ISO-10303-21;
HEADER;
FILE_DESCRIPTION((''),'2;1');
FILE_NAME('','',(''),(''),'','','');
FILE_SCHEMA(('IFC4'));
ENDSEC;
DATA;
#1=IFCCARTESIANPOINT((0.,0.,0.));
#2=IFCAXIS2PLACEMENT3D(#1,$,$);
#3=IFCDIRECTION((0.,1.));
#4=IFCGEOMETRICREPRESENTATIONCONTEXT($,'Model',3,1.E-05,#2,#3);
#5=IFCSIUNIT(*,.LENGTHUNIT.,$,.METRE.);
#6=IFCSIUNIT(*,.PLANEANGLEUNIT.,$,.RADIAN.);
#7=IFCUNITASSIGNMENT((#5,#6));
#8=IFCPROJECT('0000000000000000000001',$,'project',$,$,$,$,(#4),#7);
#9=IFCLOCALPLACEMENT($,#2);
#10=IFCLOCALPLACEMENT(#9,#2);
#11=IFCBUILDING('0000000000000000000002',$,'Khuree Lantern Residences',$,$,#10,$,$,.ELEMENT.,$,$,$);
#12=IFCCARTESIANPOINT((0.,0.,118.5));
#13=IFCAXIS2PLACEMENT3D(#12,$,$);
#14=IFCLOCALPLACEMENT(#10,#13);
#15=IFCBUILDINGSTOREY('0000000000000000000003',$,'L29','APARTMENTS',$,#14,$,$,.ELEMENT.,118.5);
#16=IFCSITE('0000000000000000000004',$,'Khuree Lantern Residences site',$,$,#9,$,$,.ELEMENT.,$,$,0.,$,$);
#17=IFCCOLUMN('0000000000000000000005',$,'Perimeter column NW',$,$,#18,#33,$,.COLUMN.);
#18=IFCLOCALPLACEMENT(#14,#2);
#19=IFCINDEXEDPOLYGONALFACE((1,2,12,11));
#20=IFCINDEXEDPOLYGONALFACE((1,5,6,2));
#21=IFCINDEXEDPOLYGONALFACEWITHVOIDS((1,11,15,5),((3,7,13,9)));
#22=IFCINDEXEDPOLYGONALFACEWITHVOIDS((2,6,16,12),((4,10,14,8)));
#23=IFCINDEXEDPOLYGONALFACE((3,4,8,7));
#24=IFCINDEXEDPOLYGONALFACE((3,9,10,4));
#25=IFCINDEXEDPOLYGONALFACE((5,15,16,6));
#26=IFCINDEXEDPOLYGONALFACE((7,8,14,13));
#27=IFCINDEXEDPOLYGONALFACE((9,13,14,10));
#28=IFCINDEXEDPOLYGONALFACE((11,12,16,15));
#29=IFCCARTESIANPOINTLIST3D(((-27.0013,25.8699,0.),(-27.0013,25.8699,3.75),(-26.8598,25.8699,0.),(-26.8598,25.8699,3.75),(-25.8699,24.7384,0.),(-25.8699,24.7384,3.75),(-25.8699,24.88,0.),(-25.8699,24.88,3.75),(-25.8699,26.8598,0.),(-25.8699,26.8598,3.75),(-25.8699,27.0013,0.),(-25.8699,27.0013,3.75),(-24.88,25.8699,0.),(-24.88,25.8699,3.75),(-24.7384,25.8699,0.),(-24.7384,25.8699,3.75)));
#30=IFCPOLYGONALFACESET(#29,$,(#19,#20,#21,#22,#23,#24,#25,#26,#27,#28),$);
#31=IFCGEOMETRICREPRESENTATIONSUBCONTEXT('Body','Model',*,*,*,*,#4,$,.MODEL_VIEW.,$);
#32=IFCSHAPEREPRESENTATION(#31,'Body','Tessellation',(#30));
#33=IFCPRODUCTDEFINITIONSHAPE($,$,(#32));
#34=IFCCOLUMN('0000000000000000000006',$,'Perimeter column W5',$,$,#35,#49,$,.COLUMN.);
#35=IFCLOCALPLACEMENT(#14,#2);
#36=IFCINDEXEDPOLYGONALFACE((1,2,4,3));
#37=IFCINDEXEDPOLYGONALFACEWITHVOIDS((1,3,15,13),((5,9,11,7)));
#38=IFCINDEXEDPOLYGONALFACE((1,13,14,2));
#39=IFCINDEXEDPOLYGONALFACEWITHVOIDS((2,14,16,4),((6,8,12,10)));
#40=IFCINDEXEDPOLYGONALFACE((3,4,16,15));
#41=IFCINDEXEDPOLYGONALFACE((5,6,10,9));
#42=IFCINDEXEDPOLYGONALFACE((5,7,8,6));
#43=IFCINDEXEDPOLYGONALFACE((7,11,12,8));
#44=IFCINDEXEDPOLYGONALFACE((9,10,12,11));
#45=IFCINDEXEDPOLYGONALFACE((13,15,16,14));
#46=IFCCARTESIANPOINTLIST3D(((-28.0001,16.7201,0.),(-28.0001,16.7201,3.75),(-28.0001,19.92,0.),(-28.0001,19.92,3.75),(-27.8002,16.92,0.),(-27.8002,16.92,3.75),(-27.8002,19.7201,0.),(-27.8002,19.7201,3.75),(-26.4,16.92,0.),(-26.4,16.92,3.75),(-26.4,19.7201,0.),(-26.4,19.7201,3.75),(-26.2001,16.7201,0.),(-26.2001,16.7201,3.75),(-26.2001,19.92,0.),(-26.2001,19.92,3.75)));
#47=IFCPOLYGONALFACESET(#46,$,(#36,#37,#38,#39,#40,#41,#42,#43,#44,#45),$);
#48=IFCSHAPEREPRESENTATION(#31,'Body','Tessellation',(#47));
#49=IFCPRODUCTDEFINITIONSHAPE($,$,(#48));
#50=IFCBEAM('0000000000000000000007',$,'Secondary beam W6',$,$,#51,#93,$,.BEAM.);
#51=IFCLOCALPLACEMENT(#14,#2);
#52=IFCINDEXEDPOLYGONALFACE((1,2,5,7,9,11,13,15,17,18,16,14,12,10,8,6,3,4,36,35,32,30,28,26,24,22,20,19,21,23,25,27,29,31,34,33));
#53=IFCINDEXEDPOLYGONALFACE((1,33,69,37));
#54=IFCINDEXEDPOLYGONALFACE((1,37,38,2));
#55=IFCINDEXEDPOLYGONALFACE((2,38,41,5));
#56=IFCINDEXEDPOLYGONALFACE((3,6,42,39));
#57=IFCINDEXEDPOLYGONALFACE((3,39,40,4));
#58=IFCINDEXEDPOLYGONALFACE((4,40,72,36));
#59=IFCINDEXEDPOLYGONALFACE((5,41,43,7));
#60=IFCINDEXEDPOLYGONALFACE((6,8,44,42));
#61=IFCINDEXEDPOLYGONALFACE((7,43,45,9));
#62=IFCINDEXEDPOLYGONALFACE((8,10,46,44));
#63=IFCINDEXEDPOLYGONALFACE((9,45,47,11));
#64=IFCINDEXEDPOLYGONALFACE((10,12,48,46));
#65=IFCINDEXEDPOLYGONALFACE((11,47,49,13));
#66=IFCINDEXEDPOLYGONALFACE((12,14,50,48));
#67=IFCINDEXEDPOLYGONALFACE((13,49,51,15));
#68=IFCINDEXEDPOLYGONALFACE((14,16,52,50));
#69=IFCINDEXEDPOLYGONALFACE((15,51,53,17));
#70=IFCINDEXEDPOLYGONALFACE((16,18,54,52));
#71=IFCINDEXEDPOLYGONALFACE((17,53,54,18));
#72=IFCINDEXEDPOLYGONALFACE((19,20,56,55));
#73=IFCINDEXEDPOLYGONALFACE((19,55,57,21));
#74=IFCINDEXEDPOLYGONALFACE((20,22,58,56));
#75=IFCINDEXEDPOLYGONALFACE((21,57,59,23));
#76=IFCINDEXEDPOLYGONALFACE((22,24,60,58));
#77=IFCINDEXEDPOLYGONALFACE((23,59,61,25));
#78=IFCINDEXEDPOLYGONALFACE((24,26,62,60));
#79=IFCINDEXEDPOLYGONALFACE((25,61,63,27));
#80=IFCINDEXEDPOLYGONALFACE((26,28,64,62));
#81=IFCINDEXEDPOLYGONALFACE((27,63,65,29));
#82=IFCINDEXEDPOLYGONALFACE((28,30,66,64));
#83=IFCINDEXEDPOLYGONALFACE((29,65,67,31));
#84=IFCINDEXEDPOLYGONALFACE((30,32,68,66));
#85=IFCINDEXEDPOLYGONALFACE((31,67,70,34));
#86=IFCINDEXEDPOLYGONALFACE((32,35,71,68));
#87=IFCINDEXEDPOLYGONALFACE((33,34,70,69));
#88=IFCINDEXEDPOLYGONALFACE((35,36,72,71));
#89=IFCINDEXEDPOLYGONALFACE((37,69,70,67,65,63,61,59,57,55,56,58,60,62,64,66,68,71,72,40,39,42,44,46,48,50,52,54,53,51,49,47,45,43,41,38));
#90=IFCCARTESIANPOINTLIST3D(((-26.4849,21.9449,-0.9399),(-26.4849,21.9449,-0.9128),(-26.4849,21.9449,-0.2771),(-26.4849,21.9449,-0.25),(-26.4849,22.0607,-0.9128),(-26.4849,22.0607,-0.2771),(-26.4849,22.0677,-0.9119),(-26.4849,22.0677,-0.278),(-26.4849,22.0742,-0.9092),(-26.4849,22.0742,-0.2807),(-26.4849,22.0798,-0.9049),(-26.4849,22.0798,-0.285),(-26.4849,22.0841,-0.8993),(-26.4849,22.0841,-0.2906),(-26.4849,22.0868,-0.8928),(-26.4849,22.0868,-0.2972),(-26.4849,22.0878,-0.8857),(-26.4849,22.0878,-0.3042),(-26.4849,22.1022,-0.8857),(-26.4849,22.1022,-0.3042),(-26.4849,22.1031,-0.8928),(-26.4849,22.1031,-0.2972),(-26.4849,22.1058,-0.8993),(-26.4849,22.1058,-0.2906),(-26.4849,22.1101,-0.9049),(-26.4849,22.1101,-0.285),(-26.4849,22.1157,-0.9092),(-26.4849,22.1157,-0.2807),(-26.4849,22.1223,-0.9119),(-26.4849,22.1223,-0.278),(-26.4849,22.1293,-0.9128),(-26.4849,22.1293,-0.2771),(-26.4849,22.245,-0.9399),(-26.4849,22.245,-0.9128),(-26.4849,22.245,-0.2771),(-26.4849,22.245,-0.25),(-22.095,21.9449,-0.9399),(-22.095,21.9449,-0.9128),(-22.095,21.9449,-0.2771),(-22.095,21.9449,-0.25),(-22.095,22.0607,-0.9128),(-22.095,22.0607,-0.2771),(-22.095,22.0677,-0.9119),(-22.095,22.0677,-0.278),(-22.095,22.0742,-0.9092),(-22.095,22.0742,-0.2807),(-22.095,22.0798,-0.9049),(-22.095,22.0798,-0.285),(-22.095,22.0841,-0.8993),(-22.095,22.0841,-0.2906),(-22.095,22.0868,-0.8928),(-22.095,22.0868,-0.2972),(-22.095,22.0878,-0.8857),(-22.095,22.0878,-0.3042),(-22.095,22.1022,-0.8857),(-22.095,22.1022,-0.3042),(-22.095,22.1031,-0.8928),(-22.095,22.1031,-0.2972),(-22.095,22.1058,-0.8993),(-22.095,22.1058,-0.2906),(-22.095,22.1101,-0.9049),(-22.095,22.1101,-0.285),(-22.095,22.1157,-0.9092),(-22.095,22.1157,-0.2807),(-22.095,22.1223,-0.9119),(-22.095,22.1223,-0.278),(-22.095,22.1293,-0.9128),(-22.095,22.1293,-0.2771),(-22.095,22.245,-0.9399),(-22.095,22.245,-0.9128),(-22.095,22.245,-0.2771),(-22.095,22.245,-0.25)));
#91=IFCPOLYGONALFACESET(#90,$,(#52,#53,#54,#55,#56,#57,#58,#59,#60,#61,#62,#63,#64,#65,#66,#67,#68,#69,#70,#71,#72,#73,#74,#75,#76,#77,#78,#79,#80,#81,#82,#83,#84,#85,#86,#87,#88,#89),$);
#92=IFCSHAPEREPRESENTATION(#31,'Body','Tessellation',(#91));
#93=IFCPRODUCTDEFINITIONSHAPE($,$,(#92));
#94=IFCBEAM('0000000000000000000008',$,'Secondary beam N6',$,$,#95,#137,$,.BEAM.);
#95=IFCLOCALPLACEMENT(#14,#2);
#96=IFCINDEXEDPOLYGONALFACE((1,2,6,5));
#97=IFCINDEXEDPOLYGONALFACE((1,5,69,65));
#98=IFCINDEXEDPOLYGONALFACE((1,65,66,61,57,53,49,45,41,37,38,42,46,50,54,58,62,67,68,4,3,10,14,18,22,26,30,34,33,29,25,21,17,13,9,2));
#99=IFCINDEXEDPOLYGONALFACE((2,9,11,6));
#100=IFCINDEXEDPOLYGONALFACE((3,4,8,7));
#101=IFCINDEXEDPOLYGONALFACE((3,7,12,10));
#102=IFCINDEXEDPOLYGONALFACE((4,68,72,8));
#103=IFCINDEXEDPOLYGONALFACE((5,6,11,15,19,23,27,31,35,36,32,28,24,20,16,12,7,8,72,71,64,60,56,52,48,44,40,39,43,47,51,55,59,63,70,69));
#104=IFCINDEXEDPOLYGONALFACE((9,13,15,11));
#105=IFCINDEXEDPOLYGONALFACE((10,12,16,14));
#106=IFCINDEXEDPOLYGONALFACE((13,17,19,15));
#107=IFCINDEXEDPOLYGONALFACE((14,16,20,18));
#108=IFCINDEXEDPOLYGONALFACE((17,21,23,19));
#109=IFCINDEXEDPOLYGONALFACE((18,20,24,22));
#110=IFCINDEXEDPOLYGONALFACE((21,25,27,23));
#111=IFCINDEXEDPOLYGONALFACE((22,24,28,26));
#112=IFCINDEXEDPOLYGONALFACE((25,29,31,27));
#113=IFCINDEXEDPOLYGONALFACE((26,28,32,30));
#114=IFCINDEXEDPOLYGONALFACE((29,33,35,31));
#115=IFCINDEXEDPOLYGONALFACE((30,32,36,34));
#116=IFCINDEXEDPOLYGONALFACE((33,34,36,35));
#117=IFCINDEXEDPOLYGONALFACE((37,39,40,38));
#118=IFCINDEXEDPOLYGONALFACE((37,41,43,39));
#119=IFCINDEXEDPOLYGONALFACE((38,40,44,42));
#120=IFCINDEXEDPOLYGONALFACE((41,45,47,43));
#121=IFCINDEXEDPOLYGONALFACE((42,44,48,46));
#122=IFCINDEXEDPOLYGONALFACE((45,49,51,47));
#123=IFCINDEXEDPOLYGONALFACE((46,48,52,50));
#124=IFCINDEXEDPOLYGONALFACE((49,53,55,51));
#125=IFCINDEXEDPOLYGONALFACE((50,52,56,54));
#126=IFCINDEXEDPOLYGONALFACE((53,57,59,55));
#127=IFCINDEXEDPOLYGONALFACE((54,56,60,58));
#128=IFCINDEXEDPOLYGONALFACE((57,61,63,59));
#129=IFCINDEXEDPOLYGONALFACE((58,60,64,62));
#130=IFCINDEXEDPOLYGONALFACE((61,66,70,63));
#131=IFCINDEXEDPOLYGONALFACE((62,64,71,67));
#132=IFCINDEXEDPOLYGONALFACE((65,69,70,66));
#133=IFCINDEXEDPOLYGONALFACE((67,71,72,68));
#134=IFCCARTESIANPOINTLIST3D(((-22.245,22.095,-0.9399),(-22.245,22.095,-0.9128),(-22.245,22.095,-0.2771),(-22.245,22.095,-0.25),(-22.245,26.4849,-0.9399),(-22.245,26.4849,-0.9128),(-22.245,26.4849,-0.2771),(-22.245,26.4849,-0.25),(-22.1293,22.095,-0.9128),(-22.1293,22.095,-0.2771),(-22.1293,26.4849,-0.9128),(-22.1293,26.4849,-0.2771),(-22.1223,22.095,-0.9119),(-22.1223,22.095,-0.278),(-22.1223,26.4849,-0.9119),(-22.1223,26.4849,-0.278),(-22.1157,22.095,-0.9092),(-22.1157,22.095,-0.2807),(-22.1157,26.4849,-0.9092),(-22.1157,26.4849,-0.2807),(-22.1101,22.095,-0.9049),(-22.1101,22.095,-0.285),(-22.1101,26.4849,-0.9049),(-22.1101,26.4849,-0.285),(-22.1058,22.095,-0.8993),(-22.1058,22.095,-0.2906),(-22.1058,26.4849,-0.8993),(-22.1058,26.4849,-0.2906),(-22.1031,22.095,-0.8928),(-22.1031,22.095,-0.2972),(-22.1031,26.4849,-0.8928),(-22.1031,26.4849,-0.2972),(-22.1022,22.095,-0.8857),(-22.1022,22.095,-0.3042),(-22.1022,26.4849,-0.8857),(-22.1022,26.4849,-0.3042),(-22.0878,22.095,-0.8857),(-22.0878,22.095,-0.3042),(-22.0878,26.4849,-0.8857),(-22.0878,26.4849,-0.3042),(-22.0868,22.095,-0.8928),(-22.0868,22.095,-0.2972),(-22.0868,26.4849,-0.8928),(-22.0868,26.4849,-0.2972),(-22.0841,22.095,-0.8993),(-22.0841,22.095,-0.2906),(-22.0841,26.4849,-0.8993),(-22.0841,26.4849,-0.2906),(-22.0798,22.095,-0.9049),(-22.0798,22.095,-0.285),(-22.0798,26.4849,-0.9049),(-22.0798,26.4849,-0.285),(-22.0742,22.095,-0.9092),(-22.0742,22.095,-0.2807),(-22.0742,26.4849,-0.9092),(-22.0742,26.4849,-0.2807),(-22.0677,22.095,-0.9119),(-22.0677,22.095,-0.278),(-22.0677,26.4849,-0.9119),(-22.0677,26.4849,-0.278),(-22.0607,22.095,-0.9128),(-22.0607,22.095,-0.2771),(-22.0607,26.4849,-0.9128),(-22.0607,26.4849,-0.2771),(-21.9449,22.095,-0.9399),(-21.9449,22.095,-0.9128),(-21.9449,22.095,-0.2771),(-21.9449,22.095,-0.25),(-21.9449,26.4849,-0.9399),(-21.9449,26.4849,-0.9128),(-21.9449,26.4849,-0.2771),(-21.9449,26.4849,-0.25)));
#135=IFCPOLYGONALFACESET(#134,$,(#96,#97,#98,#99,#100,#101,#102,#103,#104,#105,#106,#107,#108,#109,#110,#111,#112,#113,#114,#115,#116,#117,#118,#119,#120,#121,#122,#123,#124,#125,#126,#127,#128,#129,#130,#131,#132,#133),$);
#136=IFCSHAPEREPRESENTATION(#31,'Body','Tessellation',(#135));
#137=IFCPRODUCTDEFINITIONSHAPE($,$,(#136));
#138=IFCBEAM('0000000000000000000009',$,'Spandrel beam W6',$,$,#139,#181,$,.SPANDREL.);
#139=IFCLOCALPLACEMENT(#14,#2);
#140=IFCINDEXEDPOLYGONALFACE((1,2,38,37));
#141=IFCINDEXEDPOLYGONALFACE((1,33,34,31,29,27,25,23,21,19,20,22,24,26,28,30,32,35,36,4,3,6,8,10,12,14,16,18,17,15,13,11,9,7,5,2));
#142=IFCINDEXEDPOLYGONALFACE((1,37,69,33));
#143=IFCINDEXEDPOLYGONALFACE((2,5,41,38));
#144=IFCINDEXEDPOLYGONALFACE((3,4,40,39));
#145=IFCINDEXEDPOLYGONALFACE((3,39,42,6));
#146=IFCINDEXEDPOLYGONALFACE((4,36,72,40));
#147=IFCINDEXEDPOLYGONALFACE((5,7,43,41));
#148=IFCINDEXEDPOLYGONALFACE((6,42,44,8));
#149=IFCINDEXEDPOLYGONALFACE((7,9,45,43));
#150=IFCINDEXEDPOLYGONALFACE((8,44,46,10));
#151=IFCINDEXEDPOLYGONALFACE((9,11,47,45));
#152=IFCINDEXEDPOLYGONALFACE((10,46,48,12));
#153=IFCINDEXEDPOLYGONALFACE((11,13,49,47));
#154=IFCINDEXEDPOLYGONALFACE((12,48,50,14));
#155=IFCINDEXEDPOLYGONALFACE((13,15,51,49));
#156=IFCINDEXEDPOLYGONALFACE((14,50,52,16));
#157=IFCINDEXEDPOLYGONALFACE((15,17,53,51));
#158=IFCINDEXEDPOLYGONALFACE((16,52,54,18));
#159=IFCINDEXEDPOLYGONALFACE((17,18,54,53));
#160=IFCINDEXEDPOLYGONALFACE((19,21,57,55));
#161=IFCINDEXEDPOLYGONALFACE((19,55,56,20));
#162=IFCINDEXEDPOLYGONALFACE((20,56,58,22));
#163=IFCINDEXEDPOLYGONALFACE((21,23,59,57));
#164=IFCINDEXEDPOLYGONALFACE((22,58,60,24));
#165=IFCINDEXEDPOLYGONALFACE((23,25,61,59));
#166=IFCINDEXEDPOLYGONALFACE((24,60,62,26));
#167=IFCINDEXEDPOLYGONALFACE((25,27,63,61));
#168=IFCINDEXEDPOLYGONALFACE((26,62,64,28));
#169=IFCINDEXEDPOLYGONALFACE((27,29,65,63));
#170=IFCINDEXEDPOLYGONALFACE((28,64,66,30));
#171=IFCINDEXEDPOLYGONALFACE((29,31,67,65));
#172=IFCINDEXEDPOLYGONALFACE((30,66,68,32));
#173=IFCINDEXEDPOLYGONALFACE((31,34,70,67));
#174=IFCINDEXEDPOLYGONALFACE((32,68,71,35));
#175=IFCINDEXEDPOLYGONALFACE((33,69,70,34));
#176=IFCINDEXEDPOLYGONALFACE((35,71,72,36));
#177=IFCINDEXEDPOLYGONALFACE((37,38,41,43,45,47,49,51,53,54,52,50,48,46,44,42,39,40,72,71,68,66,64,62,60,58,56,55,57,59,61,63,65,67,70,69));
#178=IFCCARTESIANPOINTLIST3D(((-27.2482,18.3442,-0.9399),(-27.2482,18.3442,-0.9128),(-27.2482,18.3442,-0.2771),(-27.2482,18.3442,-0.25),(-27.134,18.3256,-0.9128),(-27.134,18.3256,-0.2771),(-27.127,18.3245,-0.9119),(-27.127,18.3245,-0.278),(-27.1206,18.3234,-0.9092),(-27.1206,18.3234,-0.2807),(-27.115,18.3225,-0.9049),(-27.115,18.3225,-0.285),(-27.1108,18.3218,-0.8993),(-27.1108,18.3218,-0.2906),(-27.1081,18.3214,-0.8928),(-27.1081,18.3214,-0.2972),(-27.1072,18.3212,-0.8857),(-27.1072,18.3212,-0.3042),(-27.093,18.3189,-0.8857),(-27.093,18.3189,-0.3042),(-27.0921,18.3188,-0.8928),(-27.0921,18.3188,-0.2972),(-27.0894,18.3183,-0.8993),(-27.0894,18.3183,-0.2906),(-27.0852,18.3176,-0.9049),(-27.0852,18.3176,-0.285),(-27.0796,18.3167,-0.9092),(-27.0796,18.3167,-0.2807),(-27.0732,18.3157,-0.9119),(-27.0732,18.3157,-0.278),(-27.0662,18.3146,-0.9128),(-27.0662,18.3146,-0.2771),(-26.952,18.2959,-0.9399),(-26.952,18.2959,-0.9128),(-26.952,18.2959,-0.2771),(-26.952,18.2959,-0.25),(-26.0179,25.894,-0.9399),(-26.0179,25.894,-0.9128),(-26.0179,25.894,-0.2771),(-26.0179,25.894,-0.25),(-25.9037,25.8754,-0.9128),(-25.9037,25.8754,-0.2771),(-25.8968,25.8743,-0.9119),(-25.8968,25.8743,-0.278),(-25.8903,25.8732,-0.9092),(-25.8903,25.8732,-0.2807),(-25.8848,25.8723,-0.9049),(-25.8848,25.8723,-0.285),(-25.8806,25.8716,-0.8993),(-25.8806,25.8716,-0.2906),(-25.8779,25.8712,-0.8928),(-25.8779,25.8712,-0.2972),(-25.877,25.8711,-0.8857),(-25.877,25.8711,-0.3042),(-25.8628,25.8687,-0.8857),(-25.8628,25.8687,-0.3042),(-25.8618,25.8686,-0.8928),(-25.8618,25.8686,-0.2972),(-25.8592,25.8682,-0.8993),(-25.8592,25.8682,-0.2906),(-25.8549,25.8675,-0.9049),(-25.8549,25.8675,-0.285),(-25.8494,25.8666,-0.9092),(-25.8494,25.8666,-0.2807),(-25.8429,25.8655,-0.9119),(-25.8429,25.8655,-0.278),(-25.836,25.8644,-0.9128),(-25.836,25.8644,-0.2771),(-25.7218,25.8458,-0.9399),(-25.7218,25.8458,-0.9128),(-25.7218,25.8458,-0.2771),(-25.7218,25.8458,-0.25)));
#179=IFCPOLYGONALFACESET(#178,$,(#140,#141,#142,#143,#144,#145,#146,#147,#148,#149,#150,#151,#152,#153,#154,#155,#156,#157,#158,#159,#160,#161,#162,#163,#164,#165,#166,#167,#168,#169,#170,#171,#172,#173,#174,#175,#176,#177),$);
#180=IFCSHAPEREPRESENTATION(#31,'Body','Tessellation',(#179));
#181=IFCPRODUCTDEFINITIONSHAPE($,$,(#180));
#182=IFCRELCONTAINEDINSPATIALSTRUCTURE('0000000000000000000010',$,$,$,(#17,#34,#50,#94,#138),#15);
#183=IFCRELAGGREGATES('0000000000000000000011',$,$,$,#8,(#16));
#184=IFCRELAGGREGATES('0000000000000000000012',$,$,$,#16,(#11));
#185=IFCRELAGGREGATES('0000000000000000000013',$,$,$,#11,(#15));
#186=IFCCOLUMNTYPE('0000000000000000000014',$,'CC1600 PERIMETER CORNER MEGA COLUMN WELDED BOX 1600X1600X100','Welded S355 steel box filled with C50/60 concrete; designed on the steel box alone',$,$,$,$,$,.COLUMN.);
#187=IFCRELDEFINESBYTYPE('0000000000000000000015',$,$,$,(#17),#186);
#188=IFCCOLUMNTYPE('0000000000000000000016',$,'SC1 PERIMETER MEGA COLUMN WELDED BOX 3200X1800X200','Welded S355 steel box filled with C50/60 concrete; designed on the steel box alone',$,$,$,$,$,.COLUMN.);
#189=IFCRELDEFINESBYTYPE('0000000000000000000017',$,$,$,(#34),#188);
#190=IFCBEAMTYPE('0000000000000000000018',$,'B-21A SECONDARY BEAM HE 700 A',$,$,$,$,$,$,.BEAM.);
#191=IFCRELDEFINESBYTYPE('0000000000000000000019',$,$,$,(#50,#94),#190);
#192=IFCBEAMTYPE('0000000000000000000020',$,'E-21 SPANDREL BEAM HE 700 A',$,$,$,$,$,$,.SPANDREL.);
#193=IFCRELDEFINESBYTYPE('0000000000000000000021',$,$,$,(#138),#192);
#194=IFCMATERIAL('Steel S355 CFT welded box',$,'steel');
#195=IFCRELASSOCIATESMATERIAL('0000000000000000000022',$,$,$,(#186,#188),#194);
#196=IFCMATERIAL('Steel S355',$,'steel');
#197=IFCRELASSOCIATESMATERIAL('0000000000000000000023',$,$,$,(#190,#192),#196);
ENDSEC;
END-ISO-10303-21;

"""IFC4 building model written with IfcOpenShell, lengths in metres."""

from ifc_helpers import new_model, si_unit, direction, frame, origin, origin_2d, place, context, subcontext, project, spatial, hollow_rectangle, i_section, extrude, material, material_profile, profile_set, type_object, element, save


model = new_model("IFC4")

# Units and contexts
model_context = context("Model", 3, precision=1e-05, world=origin(), true_north=direction((0.0, 1.0)))
body_context = subcontext(model_context, "Body", "Model", "MODEL_VIEW")
ifc_project = project(units=[si_unit("LENGTHUNIT", "METRE"), si_unit("PLANEANGLEUNIT", "RADIAN")], contexts=[model_context])

# Site, building, storey
site_placement = place(None, origin())
site = spatial("IfcSite", under=ifc_project, at=site_placement, Name="Khuree Lantern Residences site", CompositionType="ELEMENT", RefElevation=0.0)
building_placement = place(site_placement, origin())
building = spatial("IfcBuilding", under=site, at=building_placement, Name="Khuree Lantern Residences", CompositionType="ELEMENT")
storey_placement = place(building_placement, frame((0.0, 0.0, 118.5)))
storey = spatial("IfcBuildingStorey", under=building, at=storey_placement, Name="L29", Description="APARTMENTS", CompositionType="ELEMENT", Elevation=118.5)

# Columns
ifc_material_1 = material(Name="Steel S355 CFT welded box", Category="steel")
ifc_material_profile_1 = material_profile(ifc_material_1, hollow_rectangle(XDim=1.6001, YDim=1.6001, WallThickness=0.1001, at=origin_2d()), Name="WELDED BOX 1600X1600X100")
ifc_profile_set_1 = profile_set([ifc_material_profile_1], Name="Steel S355 CFT welded box")
column_type_1 = type_object("IfcColumnType", Name="CC1600 PERIMETER CORNER MEGA COLUMN WELDED BOX 1600X1600X100", Description="Welded S355 steel box filled with C50/60 concrete; designed on the steel box alone", PredefinedType="COLUMN", material=ifc_profile_set_1)
column_1_placement = place(storey_placement, frame((-25.8699, 25.8699, 0.0), z_axis=(0.0, 0.0, 1.0), x_axis=(0.707107, 0.707107, 0.0)))
element("IfcColumn", 1, at=column_1_placement, inside=storey, type_object=column_type_1, Name="Perimeter column NW", PredefinedType="COLUMN", context=body_context, shape_type="SweptSolid", body=[
    extrude(hollow_rectangle(XDim=1.6001, YDim=1.6001, WallThickness=0.1001, at=origin_2d()), origin(), (0.0, 0.0, 1.0), 3.75),
])
ifc_material_profile_2 = material_profile(ifc_material_1, hollow_rectangle(XDim=3.2, YDim=1.8, WallThickness=0.2, at=origin_2d()), Name="WELDED BOX 3200X1800X200")
ifc_profile_set_2 = profile_set([ifc_material_profile_2], Name="Steel S355 CFT welded box")
column_type_2 = type_object("IfcColumnType", Name="SC1 PERIMETER MEGA COLUMN WELDED BOX 3200X1800X200", Description="Welded S355 steel box filled with C50/60 concrete; designed on the steel box alone", PredefinedType="COLUMN", material=ifc_profile_set_2)
column_2_placement = place(storey_placement, frame((-27.1001, 18.3201, 0.0), z_axis=(0.0, 0.0, 1.0), x_axis=(0.0, 1.0, 0.0)))
element("IfcColumn", 2, at=column_2_placement, inside=storey, type_object=column_type_2, Name="Perimeter column W5", PredefinedType="COLUMN", context=body_context, shape_type="SweptSolid", body=[
    extrude(hollow_rectangle(XDim=3.2, YDim=1.8, WallThickness=0.2, at=origin_2d()), origin(), (0.0, 0.0, 1.0), 3.75),
])

# Beams
ifc_material_2 = material(Name="Steel S355", Category="steel")
ifc_material_profile_3 = material_profile(ifc_material_2, i_section(OverallWidth=0.3, OverallDepth=0.6899, WebThickness=0.0144, FlangeThickness=0.0271, FilletRadius=0.0271, at=origin_2d()), Name="HE 700 A")
ifc_profile_set_3 = profile_set([ifc_material_profile_3], Name="Steel S355")
beam_type_1 = type_object("IfcBeamType", Name="B-21A SECONDARY BEAM HE 700 A", PredefinedType="BEAM", material=ifc_profile_set_3)
for number, where, z_axis, x_axis, name in (
    (3, (-26.4849, 22.095, -0.595), (1.0, 0.0, 0.0), (0.0, 1.0, 0.0), "Secondary beam W6"),
    (4, (-22.095, 26.4849, -0.595), (0.0, -1.0, 0.0), (1.0, 0.0, 0.0), "Secondary beam N6"),
):
    element("IfcBeam", number, at=place(storey_placement, frame(where, z_axis=z_axis, x_axis=x_axis)), inside=storey, type_object=beam_type_1, Name=name, PredefinedType="BEAM", context=body_context, shape_type="SweptSolid", body=[
        extrude(i_section(OverallWidth=0.3, OverallDepth=0.6899, WebThickness=0.0144, FlangeThickness=0.0271, FilletRadius=0.0271, at=origin_2d()), origin(), (0.0, 0.0, 1.0), 4.3899),
    ])
ifc_material_profile_4 = material_profile(ifc_material_2, i_section(OverallWidth=0.3, OverallDepth=0.6899, WebThickness=0.0144, FlangeThickness=0.0271, FilletRadius=0.0271, at=origin_2d()), Name="HE 700 A")
ifc_profile_set_4 = profile_set([ifc_material_profile_4], Name="Steel S355")
beam_type_2 = type_object("IfcBeamType", Name="E-21 SPANDREL BEAM HE 700 A", PredefinedType="SPANDREL", material=ifc_profile_set_4)
for number, where, z_axis, x_axis, name in (
    (5, (-27.1001, 18.3201, -0.595), (0.160827, 0.986983, 0.0), (-0.986983, 0.160827, 0.0), "Spandrel beam W6"),
):
    element("IfcBeam", number, at=place(storey_placement, frame(where, z_axis=z_axis, x_axis=x_axis)), inside=storey, type_object=beam_type_2, Name=name, PredefinedType="SPANDREL", context=body_context, shape_type="SweptSolid", body=[
        extrude(i_section(OverallWidth=0.3, OverallDepth=0.6899, WebThickness=0.0144, FlangeThickness=0.0271, FilletRadius=0.0271, at=origin_2d()), origin(), (0.0, 0.0, 1.0), 7.6494),
    ])

save(model, "model.ifc")
